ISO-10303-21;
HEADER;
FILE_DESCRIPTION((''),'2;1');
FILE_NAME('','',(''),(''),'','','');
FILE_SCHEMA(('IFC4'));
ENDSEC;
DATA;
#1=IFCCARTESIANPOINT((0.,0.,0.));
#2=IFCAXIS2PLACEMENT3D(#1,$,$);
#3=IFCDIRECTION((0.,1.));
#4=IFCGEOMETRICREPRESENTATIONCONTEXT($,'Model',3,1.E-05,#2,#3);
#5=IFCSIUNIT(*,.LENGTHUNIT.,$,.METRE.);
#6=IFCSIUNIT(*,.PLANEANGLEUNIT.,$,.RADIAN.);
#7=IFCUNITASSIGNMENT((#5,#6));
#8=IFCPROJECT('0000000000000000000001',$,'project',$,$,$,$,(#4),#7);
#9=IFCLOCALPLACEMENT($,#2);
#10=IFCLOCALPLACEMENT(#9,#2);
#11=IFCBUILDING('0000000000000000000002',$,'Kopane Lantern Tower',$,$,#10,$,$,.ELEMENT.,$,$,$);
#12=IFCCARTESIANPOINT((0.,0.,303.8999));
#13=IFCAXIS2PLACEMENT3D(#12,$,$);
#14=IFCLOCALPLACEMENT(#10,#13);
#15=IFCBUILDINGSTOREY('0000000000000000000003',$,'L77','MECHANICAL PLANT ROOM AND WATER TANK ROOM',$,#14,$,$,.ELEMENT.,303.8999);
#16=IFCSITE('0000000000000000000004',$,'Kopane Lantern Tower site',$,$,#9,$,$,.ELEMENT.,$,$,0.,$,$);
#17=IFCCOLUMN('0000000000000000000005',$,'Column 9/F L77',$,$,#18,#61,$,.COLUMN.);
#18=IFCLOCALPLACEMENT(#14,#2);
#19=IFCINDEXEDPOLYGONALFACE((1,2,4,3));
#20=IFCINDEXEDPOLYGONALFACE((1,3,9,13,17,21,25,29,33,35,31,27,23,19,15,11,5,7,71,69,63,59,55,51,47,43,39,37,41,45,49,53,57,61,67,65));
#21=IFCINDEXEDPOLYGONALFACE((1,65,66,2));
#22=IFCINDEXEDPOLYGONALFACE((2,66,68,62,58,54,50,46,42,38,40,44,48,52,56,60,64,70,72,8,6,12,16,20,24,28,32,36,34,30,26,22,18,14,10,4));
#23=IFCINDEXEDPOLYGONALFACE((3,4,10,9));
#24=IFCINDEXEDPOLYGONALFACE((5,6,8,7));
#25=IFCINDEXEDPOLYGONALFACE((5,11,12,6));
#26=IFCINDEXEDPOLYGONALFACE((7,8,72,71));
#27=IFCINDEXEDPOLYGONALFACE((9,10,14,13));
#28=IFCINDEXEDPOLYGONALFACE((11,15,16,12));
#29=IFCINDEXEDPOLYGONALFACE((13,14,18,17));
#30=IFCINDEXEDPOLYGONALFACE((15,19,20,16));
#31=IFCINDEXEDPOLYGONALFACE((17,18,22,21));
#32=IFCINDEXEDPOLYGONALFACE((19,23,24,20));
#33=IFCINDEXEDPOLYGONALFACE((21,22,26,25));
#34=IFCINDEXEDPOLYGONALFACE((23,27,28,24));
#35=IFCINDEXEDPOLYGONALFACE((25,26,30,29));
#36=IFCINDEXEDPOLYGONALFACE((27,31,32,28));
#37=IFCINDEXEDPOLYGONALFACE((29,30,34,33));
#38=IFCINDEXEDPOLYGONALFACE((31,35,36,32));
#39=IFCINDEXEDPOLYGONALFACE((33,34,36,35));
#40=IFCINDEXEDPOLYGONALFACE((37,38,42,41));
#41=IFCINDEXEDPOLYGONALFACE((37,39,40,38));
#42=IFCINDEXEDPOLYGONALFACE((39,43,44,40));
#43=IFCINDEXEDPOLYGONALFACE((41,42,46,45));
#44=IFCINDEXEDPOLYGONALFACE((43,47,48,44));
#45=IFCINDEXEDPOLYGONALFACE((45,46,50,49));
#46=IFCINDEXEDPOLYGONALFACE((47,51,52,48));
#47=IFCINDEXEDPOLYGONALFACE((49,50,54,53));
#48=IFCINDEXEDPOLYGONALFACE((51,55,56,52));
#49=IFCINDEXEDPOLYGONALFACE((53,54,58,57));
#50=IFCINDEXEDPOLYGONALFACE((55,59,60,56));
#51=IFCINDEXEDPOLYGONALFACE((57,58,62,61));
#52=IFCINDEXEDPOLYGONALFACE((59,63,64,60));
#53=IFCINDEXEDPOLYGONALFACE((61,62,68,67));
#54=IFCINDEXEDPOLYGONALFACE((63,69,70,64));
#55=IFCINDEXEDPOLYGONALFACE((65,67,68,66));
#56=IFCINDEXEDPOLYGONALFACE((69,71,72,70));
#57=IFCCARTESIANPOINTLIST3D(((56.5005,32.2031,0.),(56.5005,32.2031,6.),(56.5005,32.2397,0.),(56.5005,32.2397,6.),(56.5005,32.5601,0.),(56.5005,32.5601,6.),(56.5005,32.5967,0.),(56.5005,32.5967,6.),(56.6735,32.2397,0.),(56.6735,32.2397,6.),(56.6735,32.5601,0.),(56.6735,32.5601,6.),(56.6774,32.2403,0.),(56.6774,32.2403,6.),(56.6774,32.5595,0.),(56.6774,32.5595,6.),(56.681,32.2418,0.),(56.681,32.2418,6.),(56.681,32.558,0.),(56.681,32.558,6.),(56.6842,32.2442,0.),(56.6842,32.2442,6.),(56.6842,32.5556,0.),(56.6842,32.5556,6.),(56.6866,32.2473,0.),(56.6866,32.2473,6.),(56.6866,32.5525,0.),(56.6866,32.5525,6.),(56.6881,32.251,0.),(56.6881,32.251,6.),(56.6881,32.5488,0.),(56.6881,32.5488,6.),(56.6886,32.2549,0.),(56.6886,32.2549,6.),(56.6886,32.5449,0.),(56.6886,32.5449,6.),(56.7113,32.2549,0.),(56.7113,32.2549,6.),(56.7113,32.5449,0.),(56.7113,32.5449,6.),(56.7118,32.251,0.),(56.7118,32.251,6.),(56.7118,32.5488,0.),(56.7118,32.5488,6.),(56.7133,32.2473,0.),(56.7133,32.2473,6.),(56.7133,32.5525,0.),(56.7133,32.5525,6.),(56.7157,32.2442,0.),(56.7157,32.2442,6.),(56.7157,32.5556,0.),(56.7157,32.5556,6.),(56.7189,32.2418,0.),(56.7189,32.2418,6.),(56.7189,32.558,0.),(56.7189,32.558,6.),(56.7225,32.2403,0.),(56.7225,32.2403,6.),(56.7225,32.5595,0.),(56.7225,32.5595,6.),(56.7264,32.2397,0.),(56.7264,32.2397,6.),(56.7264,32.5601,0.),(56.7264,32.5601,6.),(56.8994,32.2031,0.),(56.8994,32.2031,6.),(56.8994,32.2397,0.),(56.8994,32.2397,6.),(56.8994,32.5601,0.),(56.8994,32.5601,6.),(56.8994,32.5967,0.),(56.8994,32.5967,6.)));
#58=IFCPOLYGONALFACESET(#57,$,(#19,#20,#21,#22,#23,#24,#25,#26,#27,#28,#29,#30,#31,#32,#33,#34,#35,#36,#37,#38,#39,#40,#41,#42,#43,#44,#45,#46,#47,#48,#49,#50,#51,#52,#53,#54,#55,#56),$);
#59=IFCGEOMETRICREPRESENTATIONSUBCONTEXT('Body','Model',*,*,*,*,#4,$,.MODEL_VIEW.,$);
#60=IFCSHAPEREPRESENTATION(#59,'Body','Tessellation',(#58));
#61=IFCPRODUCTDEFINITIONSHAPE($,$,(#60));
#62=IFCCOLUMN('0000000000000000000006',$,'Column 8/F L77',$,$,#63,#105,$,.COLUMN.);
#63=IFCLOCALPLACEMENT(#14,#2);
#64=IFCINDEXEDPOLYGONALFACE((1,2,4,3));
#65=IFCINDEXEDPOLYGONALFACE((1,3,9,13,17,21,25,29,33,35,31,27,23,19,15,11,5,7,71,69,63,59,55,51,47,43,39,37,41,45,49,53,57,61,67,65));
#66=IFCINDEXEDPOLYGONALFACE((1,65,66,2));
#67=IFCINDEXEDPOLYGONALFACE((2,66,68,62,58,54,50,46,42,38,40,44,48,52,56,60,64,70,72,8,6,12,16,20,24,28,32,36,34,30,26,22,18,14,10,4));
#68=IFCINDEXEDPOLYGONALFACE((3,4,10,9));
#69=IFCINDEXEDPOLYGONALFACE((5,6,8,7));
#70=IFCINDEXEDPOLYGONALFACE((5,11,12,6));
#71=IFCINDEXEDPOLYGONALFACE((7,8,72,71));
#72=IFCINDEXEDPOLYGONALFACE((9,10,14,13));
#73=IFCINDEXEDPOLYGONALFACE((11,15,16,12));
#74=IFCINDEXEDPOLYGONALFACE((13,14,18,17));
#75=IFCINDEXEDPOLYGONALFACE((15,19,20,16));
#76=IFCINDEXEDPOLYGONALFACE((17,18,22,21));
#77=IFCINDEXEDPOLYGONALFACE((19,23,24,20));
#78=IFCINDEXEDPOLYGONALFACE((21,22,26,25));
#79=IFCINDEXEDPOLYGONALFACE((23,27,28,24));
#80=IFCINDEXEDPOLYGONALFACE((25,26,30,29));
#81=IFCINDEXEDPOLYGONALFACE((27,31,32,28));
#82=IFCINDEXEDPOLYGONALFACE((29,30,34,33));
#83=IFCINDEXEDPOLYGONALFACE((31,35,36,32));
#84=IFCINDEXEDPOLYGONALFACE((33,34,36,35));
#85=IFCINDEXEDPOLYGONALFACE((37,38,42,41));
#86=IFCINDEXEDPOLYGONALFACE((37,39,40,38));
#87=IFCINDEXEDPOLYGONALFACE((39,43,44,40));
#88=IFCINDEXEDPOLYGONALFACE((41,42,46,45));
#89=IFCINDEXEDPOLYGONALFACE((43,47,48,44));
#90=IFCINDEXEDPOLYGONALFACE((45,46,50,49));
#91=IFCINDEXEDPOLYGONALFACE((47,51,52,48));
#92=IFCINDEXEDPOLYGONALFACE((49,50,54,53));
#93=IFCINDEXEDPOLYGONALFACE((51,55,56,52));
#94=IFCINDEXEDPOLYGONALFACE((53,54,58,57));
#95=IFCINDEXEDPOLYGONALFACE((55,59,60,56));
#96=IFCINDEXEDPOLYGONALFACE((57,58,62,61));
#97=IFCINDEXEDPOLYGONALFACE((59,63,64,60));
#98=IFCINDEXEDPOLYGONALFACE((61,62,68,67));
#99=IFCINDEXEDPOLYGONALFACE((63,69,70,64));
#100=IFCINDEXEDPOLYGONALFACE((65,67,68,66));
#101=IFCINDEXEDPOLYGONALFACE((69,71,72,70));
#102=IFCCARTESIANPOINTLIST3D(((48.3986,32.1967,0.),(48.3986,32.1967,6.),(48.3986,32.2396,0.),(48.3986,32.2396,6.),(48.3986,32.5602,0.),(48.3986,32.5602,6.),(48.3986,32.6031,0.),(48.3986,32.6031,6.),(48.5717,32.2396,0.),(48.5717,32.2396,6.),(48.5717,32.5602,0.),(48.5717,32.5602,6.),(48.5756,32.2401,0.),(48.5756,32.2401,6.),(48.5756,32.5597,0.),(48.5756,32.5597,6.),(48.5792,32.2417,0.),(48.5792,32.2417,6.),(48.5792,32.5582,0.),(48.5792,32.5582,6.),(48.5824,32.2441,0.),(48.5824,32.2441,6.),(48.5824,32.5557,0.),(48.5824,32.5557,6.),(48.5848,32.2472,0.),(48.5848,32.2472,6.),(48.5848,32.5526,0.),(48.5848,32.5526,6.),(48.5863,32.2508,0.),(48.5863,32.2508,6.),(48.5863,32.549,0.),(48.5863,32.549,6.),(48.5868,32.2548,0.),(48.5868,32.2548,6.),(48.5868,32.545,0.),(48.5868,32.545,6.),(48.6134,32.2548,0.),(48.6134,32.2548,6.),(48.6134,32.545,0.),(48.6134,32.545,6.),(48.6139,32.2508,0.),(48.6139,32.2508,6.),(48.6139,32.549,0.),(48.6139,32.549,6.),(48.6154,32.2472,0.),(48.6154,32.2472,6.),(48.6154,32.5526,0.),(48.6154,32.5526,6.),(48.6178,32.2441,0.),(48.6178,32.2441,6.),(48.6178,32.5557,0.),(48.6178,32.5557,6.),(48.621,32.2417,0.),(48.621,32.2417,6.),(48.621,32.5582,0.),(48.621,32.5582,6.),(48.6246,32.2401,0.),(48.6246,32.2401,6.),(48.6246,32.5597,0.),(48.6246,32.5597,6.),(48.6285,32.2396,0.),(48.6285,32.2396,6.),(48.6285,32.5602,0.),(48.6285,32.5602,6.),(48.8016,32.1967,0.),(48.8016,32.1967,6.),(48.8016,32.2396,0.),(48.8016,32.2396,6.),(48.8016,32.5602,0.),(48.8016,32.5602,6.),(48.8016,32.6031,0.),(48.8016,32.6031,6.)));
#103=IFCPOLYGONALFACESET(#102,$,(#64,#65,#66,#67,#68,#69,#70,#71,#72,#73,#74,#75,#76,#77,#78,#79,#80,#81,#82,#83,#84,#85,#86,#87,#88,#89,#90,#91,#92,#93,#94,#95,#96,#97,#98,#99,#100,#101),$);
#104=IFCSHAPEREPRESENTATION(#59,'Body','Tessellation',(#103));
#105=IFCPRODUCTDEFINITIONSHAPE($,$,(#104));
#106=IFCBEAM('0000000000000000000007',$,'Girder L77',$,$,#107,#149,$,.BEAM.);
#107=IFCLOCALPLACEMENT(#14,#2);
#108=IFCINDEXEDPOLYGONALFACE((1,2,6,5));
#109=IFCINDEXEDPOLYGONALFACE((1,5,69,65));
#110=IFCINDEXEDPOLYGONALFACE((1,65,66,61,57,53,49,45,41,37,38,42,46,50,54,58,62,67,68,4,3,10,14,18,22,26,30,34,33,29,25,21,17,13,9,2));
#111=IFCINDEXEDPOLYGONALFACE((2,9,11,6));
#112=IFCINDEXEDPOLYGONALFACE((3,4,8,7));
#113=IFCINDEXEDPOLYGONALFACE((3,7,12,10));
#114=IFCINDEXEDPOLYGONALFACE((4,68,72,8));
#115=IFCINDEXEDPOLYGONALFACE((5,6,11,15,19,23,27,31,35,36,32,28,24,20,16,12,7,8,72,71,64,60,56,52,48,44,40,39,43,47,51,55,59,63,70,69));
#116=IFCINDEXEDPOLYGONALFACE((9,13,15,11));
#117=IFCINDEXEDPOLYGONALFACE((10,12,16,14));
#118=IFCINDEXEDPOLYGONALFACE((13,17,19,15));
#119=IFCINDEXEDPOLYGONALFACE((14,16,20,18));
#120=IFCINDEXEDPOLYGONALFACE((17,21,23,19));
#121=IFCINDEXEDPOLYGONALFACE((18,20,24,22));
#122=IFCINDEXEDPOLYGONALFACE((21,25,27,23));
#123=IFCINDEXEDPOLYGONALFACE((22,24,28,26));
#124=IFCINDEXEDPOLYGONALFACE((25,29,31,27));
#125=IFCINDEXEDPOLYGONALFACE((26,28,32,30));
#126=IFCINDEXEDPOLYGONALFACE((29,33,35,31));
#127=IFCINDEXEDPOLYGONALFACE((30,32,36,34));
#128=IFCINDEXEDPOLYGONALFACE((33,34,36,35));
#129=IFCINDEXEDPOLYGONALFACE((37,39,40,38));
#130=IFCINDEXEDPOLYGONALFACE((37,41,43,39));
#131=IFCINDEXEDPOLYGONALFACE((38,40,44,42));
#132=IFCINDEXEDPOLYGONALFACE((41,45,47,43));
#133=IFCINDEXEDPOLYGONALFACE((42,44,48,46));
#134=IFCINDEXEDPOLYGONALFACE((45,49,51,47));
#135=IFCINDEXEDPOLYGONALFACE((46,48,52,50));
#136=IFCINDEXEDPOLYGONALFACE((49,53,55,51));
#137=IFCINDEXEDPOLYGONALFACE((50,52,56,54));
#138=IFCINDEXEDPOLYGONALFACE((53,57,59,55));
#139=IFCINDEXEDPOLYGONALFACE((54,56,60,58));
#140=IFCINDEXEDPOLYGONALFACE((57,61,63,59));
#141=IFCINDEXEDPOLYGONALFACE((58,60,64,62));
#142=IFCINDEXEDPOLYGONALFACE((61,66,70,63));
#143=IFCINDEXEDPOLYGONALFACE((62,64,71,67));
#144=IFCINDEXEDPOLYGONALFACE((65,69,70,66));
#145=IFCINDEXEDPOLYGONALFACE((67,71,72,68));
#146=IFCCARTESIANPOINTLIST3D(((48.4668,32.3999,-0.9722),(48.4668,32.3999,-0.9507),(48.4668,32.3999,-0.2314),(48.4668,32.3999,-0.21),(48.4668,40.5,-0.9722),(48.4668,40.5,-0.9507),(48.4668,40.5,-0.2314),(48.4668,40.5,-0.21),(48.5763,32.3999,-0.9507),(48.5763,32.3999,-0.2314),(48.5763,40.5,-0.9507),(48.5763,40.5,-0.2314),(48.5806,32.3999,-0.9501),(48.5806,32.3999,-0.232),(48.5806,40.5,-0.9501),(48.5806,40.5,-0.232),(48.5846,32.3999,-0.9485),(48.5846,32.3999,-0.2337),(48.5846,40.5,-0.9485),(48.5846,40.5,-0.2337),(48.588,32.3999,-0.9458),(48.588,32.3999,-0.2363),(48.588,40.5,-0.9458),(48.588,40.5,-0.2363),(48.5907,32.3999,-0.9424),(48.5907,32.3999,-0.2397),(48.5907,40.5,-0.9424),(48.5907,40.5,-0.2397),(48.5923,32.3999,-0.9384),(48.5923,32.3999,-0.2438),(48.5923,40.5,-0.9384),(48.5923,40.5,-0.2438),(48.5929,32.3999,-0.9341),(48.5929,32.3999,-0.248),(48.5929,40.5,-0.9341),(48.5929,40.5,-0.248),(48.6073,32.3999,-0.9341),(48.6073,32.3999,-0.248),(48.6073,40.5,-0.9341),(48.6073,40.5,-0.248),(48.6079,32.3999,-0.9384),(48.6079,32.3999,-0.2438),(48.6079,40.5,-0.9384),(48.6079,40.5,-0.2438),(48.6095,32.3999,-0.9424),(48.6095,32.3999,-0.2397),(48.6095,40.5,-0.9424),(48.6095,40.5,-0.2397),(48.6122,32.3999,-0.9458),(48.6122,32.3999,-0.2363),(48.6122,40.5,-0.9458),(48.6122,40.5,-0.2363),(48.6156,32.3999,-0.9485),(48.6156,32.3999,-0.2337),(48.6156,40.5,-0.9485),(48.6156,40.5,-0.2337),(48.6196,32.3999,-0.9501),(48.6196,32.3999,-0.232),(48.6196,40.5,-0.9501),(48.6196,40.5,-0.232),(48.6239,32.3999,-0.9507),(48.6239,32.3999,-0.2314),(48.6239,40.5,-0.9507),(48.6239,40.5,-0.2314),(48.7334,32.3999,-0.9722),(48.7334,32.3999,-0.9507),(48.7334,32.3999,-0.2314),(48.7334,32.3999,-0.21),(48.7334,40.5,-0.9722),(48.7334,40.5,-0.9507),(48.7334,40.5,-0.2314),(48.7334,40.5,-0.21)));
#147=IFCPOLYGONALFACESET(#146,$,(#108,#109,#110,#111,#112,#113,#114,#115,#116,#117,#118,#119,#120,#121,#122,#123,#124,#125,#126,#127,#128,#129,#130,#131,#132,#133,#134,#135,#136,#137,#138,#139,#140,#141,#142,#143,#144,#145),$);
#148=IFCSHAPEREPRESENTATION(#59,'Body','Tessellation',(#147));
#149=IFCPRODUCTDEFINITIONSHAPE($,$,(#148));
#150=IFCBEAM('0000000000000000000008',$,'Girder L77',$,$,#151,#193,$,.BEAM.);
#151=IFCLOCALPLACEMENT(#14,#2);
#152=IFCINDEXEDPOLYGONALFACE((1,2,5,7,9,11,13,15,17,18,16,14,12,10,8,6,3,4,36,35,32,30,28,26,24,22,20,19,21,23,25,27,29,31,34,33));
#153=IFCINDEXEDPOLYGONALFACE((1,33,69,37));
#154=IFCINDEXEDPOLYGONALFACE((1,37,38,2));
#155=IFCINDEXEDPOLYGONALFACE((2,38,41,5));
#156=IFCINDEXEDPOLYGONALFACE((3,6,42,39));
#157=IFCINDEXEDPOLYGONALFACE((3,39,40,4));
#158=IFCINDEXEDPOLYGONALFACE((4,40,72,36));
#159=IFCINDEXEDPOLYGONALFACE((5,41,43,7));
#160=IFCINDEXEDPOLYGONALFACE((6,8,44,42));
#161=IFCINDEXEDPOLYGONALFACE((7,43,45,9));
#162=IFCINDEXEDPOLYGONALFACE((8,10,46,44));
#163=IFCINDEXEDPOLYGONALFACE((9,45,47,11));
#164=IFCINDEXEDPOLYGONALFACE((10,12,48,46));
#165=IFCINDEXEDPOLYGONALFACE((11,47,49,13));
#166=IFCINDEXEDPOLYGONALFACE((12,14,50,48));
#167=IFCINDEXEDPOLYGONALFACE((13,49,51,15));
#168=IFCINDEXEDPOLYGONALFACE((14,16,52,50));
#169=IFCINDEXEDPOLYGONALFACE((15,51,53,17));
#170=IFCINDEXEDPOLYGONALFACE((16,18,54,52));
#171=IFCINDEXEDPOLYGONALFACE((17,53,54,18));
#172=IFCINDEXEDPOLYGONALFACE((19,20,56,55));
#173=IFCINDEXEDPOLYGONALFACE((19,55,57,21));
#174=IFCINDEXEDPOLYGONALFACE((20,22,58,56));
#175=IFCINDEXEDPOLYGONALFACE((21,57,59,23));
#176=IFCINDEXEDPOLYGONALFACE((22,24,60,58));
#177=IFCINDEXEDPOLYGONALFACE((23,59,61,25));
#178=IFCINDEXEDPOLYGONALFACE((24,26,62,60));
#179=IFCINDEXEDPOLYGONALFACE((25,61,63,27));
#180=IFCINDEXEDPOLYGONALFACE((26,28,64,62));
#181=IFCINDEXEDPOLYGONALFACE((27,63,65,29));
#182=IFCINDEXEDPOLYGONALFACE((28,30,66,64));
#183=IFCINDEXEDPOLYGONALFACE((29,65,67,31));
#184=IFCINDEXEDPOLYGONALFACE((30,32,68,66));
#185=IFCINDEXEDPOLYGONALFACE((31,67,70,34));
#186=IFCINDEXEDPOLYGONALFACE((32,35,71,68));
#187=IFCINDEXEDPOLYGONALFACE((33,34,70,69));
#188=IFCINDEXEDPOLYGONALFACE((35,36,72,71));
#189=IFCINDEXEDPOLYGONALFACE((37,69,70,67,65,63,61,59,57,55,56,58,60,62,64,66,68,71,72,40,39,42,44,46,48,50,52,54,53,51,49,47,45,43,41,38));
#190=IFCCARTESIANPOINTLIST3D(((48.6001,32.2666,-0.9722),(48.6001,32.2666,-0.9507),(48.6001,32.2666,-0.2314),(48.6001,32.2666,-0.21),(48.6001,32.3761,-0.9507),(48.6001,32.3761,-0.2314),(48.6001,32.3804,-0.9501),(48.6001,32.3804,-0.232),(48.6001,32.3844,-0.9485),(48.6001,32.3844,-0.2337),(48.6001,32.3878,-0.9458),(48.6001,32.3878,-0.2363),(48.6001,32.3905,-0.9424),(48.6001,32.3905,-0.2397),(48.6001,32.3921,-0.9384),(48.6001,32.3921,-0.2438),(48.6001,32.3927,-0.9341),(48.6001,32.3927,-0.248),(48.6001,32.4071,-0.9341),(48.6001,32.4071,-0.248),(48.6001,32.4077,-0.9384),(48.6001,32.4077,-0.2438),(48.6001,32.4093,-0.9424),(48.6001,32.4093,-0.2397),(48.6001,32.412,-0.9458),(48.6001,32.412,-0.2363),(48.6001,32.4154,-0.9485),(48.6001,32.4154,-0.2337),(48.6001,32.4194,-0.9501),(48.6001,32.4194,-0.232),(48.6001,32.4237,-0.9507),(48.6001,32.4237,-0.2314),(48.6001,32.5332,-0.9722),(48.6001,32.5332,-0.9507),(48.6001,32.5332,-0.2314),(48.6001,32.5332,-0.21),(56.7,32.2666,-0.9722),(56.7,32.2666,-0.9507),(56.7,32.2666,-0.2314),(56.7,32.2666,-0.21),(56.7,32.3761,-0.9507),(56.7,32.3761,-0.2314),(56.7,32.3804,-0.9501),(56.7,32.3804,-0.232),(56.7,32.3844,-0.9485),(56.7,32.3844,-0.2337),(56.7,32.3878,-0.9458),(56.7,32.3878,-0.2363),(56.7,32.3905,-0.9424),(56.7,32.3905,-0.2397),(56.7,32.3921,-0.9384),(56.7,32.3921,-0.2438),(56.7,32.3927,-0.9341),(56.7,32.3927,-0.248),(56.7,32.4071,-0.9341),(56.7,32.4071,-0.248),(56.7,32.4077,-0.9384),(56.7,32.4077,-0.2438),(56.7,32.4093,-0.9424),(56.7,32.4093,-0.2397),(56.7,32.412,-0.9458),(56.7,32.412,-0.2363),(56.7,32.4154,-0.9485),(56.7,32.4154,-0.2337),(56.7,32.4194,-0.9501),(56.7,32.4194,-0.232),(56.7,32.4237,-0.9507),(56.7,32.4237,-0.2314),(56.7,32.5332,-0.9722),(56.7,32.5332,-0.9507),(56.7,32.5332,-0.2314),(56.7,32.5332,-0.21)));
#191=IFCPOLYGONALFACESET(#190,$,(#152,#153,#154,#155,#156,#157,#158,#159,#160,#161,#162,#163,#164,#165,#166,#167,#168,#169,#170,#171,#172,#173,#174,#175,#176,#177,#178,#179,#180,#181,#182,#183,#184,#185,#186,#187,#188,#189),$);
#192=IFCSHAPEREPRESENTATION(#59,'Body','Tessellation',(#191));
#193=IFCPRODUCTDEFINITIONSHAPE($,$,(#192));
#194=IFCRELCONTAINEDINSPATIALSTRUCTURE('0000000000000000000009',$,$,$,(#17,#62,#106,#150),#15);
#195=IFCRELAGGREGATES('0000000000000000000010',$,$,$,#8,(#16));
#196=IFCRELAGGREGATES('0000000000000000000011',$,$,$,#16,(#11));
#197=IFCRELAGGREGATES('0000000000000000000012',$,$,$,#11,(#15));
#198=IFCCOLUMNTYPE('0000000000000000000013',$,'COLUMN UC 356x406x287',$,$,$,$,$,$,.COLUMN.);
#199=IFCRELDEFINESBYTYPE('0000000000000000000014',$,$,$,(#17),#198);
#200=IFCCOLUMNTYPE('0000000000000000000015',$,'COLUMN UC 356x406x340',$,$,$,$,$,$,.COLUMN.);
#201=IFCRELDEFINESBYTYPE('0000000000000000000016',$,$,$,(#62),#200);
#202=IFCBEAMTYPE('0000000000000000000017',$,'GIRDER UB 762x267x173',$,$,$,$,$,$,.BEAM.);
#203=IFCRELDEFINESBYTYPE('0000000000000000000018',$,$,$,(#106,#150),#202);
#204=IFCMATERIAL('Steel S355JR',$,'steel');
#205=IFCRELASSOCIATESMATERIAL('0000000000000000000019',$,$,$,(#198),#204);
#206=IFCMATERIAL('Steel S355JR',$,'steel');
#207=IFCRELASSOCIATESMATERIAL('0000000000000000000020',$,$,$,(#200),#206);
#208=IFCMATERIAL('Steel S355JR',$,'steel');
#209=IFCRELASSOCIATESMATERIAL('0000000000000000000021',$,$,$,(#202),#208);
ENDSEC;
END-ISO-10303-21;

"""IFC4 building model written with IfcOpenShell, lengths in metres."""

from ifc_helpers import new_model, si_unit, direction, frame, origin, origin_2d, place, context, subcontext, project, spatial, i_section, extrude, material, material_profile, profile_set, type_object, element, save


model = new_model("IFC4")

# Units and contexts
model_context = context("Model", 3, precision=1e-05, world=origin(), true_north=direction((0.0, 1.0)))
body_context = subcontext(model_context, "Body", "Model", "MODEL_VIEW")
ifc_project = project(units=[si_unit("LENGTHUNIT", "METRE"), si_unit("PLANEANGLEUNIT", "RADIAN")], contexts=[model_context])

# Site, building, storey
site_placement = place(None, origin())
site = spatial("IfcSite", under=ifc_project, at=site_placement, Name="Kopane Lantern Tower site", CompositionType="ELEMENT", RefElevation=0.0)
building_placement = place(site_placement, origin())
building = spatial("IfcBuilding", under=site, at=building_placement, Name="Kopane Lantern Tower", CompositionType="ELEMENT")
storey_placement = place(building_placement, frame((0.0, 0.0, 303.8999)))
storey = spatial("IfcBuildingStorey", under=building, at=storey_placement, Name="L77", Description="MECHANICAL PLANT ROOM AND WATER TANK ROOM", CompositionType="ELEMENT", Elevation=303.8999)

# Columns
ifc_material_1 = material(Name="Steel S355JR", Category="steel")
ifc_material_profile_1 = material_profile(ifc_material_1, i_section(OverallWidth=0.3989, OverallDepth=0.3936, WebThickness=0.0227, FlangeThickness=0.0366, FilletRadius=0.0151, at=origin_2d()), Name="UC 356x406x287")
ifc_profile_set_1 = profile_set([ifc_material_profile_1], Name="Steel S355JR")
column_type_1 = type_object("IfcColumnType", Name="COLUMN UC 356x406x287", PredefinedType="COLUMN", material=ifc_profile_set_1)
column_1_placement = place(storey_placement, frame((56.7, 32.3999, 0.0), z_axis=(0.0, 0.0, 1.0), x_axis=(1.0, 0.0, 0.0)))
element("IfcColumn", 1, at=column_1_placement, inside=storey, type_object=column_type_1, Name="Column 9/F L77", PredefinedType="COLUMN", context=body_context, shape_type="SweptSolid", body=[
    extrude(i_section(OverallWidth=0.3989, OverallDepth=0.3936, WebThickness=0.0227, FlangeThickness=0.0366, FilletRadius=0.0151, at=origin_2d()), origin(), (0.0, 0.0, 1.0), 6.0),
])
ifc_material_2 = material(Name="Steel S355JR", Category="steel")
ifc_material_profile_2 = material_profile(ifc_material_2, i_section(OverallWidth=0.4031, OverallDepth=0.4065, WebThickness=0.0266, FlangeThickness=0.043, FilletRadius=0.0151, at=origin_2d()), Name="UC 356x406x340")
ifc_profile_set_2 = profile_set([ifc_material_profile_2], Name="Steel S355JR")
column_type_2 = type_object("IfcColumnType", Name="COLUMN UC 356x406x340", PredefinedType="COLUMN", material=ifc_profile_set_2)
column_2_placement = place(storey_placement, frame((48.6001, 32.3999, 0.0), z_axis=(0.0, 0.0, 1.0), x_axis=(1.0, 0.0, 0.0)))
element("IfcColumn", 2, at=column_2_placement, inside=storey, type_object=column_type_2, Name="Column 8/F L77", PredefinedType="COLUMN", context=body_context, shape_type="SweptSolid", body=[
    extrude(i_section(OverallWidth=0.4031, OverallDepth=0.4065, WebThickness=0.0266, FlangeThickness=0.043, FilletRadius=0.0151, at=origin_2d()), origin(), (0.0, 0.0, 1.0), 6.0),
])

# Beams
ifc_material_3 = material(Name="Steel S355JR", Category="steel")
ifc_material_profile_3 = material_profile(ifc_material_3, i_section(OverallWidth=0.2666, OverallDepth=0.7622, WebThickness=0.0144, FlangeThickness=0.0215, FilletRadius=0.0166, at=origin_2d()), Name="UB 762x267x173")
ifc_profile_set_3 = profile_set([ifc_material_profile_3], Name="Steel S355JR")
beam_type_1 = type_object("IfcBeamType", Name="GIRDER UB 762x267x173", PredefinedType="BEAM", material=ifc_profile_set_3)
beam_1_placement = place(storey_placement, frame((48.6001, 32.3999, -0.5911), z_axis=(0.0, 1.0, 0.0), x_axis=(-1.0, 0.0, 0.0)))
element("IfcBeam", 3, at=beam_1_placement, inside=storey, type_object=beam_type_1, Name="Girder L77", PredefinedType="BEAM", context=body_context, shape_type="SweptSolid", body=[
    extrude(i_section(OverallWidth=0.2666, OverallDepth=0.7622, WebThickness=0.0144, FlangeThickness=0.0215, FilletRadius=0.0166, at=origin_2d()), origin(), (0.0, 0.0, 1.0), 8.1001),
])
beam_2_placement = place(storey_placement, frame((48.6001, 32.3999, -0.5911), z_axis=(1.0, 0.0, 0.0), x_axis=(0.0, 1.0, 0.0)))
element("IfcBeam", 4, at=beam_2_placement, inside=storey, type_object=beam_type_1, Name="Girder L77", PredefinedType="BEAM", context=body_context, shape_type="SweptSolid", body=[
    extrude(i_section(OverallWidth=0.2666, OverallDepth=0.7622, WebThickness=0.0144, FlangeThickness=0.0215, FilletRadius=0.0166, at=origin_2d()), origin(), (0.0, 0.0, 1.0), 8.0999),
])

save(model, "model.ifc")
